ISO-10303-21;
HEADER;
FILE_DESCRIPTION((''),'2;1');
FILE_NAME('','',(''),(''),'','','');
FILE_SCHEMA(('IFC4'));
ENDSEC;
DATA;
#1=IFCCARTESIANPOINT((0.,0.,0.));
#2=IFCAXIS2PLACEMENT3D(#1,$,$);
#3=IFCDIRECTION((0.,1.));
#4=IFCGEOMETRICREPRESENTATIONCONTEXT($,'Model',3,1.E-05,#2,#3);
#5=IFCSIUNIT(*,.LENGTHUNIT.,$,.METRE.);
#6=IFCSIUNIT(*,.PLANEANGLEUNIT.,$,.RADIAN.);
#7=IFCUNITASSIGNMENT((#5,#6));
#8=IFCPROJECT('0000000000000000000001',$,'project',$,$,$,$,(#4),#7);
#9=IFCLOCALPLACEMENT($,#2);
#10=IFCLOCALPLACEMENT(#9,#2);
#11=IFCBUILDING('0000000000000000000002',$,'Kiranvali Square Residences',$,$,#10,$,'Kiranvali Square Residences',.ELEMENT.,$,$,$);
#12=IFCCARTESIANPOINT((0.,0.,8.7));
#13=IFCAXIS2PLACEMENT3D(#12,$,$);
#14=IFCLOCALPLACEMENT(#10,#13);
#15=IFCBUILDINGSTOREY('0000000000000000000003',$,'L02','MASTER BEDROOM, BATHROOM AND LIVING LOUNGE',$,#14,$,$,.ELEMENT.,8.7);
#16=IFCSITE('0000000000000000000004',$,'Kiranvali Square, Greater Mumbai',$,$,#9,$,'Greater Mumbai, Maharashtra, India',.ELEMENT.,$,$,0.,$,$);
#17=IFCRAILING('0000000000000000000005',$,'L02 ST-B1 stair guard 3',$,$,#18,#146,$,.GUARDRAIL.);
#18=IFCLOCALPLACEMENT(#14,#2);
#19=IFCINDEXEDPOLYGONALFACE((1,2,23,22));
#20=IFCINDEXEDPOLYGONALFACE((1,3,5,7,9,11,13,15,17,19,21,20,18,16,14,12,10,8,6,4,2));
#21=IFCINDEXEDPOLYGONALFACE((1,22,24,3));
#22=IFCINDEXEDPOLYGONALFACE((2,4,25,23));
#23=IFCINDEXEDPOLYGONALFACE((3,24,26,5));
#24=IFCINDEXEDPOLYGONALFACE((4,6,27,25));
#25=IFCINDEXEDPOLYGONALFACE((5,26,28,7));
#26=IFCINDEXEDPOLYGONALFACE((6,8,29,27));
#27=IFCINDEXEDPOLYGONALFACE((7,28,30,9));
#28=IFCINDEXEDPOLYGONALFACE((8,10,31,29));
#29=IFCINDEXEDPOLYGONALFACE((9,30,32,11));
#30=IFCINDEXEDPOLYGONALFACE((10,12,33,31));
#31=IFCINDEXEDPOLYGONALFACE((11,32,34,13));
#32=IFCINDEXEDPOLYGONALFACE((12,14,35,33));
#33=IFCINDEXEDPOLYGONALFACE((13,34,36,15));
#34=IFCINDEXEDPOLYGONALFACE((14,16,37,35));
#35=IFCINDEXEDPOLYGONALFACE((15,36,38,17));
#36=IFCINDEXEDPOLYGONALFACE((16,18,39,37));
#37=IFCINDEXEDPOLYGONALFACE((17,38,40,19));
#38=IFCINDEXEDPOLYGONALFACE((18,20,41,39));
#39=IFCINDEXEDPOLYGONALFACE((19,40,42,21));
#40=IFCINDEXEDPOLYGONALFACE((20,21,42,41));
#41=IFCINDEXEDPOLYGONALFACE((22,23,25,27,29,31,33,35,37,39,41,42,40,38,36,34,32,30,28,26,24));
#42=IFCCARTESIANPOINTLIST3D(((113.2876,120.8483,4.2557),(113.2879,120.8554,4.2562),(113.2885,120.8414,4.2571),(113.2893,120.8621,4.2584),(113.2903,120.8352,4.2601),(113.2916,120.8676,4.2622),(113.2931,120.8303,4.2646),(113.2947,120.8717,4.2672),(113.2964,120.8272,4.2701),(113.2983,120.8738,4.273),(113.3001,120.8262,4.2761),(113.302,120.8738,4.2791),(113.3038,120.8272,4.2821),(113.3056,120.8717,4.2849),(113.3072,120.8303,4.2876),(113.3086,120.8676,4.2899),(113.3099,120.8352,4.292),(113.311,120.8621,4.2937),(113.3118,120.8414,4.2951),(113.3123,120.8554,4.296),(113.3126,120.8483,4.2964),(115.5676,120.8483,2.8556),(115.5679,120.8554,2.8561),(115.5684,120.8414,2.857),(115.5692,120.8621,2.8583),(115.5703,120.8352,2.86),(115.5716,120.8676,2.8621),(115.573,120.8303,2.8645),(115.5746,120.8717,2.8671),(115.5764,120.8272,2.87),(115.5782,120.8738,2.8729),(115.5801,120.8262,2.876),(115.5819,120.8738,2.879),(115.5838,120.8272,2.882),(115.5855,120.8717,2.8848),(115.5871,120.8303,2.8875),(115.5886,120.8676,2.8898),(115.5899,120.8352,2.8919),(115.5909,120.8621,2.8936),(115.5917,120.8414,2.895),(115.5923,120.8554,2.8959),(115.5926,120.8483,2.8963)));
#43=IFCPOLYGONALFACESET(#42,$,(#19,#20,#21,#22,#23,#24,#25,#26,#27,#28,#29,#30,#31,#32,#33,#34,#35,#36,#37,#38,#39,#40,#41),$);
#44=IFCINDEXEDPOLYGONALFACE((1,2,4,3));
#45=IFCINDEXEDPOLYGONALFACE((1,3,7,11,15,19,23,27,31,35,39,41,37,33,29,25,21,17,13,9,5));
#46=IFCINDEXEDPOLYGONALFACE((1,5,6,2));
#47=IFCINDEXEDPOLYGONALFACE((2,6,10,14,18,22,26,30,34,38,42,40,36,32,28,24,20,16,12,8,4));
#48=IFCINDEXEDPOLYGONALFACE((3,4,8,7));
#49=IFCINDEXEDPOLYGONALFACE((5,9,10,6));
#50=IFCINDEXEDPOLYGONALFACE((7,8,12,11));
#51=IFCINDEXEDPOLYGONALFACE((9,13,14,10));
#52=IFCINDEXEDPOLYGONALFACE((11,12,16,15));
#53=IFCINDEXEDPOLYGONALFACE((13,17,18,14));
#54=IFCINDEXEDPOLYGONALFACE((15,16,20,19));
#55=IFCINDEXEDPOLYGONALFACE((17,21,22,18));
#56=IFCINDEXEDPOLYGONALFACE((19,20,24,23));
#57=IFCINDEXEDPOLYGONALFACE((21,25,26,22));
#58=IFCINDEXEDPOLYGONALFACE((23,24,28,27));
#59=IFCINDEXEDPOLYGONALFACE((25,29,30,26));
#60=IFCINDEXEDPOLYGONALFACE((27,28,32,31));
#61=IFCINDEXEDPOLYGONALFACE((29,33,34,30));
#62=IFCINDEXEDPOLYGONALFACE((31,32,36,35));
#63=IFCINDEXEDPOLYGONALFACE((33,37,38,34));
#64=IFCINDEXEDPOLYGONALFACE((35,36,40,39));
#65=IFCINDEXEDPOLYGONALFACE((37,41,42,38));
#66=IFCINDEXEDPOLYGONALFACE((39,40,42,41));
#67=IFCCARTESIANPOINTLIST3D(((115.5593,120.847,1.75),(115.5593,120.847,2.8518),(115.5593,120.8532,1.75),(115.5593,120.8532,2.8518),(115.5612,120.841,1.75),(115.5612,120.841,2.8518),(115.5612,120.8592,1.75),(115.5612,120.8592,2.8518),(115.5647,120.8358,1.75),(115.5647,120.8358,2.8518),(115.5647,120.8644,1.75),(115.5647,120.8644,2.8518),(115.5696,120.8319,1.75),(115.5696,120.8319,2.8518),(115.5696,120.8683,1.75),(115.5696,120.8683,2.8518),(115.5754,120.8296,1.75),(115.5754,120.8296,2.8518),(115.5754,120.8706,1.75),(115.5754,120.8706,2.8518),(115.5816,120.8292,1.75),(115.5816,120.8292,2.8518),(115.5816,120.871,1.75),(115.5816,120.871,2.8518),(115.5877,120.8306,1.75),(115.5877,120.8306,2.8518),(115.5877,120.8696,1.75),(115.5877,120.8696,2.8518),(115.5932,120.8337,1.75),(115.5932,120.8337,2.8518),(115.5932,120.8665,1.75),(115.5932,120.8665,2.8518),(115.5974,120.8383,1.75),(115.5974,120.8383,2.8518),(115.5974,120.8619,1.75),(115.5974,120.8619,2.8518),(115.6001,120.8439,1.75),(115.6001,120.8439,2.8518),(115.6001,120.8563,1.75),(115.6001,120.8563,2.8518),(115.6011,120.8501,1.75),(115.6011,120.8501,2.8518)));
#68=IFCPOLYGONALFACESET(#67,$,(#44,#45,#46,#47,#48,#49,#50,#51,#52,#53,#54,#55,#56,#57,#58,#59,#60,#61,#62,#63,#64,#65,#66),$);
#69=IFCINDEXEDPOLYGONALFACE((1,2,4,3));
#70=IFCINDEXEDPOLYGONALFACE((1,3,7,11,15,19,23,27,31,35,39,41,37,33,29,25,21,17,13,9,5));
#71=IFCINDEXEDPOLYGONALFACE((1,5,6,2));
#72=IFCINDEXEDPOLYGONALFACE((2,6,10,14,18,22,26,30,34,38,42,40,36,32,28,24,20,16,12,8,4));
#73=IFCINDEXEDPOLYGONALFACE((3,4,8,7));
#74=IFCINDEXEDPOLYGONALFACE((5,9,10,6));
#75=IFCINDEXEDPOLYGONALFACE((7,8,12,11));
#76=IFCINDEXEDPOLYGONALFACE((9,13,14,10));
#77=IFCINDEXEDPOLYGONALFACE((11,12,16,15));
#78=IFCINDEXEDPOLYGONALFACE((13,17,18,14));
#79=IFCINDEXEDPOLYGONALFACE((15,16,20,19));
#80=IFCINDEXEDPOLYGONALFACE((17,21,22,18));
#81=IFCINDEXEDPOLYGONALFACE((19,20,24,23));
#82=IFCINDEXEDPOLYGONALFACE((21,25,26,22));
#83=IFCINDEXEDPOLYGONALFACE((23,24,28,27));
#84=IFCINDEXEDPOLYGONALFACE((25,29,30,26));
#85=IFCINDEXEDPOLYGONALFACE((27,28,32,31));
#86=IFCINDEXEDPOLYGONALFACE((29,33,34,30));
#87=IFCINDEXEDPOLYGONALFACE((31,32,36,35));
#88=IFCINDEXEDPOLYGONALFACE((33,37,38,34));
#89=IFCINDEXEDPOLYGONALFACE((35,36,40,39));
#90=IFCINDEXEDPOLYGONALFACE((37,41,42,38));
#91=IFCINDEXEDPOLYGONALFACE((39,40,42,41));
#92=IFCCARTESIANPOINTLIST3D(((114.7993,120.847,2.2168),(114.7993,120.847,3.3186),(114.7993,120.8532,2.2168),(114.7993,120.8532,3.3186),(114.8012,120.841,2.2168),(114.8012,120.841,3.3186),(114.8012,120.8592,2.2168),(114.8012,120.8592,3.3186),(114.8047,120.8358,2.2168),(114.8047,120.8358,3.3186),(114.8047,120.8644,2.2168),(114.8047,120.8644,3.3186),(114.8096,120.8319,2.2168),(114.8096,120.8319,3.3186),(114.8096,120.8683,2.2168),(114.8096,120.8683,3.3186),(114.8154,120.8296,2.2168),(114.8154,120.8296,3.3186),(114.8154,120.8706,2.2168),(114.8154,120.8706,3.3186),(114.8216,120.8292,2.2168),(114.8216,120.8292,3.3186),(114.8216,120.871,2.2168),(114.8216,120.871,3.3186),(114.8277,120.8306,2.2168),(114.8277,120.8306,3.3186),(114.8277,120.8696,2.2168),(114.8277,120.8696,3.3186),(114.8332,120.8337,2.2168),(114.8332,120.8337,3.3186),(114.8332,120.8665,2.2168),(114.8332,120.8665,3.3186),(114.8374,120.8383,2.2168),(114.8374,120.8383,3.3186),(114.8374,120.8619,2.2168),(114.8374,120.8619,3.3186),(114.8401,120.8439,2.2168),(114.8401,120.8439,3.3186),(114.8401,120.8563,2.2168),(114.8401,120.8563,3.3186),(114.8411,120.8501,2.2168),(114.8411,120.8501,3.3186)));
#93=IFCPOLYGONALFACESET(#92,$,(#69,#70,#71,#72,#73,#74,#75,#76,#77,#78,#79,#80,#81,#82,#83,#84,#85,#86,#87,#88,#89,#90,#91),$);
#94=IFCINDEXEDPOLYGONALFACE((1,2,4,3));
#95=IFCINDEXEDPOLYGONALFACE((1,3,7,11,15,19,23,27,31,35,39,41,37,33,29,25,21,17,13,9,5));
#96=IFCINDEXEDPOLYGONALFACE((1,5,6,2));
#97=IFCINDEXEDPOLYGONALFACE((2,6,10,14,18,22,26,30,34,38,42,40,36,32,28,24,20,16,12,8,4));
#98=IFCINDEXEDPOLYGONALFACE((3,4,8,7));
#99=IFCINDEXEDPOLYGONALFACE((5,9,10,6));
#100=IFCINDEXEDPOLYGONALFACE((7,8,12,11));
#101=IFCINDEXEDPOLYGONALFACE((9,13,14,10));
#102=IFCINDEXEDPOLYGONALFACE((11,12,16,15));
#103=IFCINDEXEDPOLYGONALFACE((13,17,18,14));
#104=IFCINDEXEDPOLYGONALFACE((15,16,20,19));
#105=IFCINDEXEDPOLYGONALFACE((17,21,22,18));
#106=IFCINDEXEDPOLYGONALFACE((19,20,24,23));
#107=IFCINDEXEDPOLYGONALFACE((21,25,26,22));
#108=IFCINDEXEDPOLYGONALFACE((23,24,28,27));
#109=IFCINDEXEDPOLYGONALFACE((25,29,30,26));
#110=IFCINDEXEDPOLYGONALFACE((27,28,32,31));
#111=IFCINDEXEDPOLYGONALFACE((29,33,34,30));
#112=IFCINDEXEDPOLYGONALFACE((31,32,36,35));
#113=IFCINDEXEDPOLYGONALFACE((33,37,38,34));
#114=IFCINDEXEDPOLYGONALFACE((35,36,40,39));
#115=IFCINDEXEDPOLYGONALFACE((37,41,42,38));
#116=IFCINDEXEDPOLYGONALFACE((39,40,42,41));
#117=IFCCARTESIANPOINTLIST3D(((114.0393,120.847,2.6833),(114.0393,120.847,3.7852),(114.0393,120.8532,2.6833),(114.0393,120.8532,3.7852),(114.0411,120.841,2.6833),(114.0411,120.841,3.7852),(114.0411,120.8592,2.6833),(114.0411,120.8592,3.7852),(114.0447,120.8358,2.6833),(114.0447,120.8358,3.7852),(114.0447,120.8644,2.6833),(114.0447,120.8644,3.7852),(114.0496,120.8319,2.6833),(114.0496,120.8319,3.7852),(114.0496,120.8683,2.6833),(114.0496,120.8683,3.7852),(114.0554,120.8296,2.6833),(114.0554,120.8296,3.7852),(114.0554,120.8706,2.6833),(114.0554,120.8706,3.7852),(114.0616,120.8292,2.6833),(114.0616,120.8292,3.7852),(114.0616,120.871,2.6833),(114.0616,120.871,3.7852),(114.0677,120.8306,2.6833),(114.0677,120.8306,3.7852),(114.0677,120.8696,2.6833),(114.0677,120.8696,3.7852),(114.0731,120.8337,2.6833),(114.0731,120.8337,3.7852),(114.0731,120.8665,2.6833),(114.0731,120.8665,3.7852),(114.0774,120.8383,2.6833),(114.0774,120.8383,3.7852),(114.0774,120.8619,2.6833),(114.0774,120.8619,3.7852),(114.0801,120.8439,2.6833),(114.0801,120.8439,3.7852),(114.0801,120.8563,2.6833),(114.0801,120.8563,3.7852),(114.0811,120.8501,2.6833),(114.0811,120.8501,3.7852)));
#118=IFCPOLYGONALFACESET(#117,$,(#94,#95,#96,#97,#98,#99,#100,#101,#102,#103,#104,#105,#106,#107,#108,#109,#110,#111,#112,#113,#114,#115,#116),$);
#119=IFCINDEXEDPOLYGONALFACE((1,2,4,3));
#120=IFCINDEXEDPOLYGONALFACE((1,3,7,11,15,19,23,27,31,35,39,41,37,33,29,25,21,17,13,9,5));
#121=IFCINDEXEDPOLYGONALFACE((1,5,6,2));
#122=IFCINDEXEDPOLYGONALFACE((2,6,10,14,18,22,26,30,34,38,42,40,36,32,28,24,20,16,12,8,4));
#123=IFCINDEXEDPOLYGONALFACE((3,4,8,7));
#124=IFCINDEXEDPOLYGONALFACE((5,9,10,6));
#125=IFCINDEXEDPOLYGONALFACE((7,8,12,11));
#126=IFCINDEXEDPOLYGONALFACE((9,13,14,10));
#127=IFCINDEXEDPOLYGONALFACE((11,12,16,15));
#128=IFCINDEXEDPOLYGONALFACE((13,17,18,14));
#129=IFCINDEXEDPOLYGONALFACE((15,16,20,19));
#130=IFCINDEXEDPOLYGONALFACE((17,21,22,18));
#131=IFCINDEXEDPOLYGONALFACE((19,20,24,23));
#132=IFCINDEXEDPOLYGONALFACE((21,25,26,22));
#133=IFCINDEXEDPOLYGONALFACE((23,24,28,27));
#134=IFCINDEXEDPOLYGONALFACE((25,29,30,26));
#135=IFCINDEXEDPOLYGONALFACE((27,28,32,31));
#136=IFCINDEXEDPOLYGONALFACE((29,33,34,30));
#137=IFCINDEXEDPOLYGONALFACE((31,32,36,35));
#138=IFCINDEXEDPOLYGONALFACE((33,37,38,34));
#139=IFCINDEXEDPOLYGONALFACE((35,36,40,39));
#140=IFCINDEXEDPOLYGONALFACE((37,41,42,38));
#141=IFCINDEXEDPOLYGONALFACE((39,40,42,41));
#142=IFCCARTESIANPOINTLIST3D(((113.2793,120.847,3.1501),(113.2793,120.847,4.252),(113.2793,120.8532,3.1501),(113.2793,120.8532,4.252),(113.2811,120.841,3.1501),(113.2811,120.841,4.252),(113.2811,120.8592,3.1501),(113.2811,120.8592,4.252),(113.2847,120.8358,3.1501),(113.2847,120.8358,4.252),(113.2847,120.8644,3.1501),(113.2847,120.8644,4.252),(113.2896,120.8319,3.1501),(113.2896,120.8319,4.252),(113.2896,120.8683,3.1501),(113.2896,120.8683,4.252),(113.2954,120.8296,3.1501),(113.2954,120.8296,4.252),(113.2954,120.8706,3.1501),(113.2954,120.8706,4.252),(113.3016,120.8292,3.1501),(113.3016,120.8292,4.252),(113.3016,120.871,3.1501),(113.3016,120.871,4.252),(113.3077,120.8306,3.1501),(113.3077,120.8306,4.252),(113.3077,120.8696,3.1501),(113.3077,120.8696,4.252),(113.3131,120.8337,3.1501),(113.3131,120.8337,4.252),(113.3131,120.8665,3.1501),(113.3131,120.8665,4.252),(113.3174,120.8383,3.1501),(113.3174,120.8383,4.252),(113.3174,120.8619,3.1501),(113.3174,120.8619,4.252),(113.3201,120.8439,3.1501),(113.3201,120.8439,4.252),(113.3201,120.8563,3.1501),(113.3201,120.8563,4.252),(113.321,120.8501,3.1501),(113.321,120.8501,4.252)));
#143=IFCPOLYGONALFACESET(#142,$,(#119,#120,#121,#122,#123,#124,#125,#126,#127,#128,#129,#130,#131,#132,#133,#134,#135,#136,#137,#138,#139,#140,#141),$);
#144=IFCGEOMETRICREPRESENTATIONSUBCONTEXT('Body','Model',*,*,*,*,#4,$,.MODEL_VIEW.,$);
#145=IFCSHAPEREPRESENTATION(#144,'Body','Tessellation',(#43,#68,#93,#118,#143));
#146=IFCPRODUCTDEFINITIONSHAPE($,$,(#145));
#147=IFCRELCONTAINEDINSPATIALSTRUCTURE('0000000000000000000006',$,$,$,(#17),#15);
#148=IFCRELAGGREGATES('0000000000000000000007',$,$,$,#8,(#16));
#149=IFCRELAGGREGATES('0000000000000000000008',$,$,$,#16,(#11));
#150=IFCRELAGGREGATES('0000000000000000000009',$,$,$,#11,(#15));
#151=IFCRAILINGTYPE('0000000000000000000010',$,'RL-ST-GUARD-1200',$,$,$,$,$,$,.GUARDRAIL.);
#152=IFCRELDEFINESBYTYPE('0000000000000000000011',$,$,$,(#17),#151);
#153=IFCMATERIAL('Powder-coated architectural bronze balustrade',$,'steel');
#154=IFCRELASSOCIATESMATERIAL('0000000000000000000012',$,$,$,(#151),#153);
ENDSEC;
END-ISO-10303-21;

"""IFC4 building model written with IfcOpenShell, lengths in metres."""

from ifc_helpers import new_model, si_unit, direction, frame, origin, origin_2d, place, context, subcontext, project, spatial, circle, extrude, material, type_object, element, save


model = new_model("IFC4")

# Units and contexts
model_context = context("Model", 3, precision=1e-05, world=origin(), true_north=direction((0.0, 1.0)))
body_context = subcontext(model_context, "Body", "Model", "MODEL_VIEW")
ifc_project = project(units=[si_unit("LENGTHUNIT", "METRE"), si_unit("PLANEANGLEUNIT", "RADIAN")], contexts=[model_context])

# Site, building, storey
site_placement = place(None, origin())
site = spatial("IfcSite", under=ifc_project, at=site_placement, Name="Kiranvali Square, Greater Mumbai", LongName="Greater Mumbai, Maharashtra, India", CompositionType="ELEMENT", RefElevation=0.0)
building_placement = place(site_placement, origin())
building = spatial("IfcBuilding", under=site, at=building_placement, Name="Kiranvali Square Residences", LongName="Kiranvali Square Residences", CompositionType="ELEMENT")
storey_placement = place(building_placement, frame((0.0, 0.0, 8.7)))
storey = spatial("IfcBuildingStorey", under=building, at=storey_placement, Name="L02", Description="MASTER BEDROOM, BATHROOM AND LIVING LOUNGE", CompositionType="ELEMENT", Elevation=8.7)

# Railing
ifc_material_1 = material(Name="Powder-coated architectural bronze balustrade", Category="steel")
railing_type_1 = type_object("IfcRailingType", Name="RL-ST-GUARD-1200", PredefinedType="GUARDRAIL", material=ifc_material_1)
railing_1_placement = place(storey_placement, frame((115.5801, 120.8501, 1.75)))
element("IfcRailing", 1, at=railing_1_placement, inside=storey, type_object=railing_type_1, Name="L02 ST-B1 stair guard 3", PredefinedType="GUARDRAIL", context=body_context, shape_type="SweptSolid", body=[
    extrude(circle(Radius=0.0239, at=origin_2d()), frame((0.0, 0.0, 1.126), z_axis=(-0.85215, 0.0, 0.523298), x_axis=(0.0, -1.0, 0.0)), (0.0, 0.0, 1.0), 2.6755),
    extrude(circle(Radius=0.021, at=origin_2d()), origin(), (0.0, 0.0, 1.0), 1.1018),
    extrude(circle(Radius=0.021, at=origin_2d()), frame((-0.76, 0.0, 0.4668)), (0.0, 0.0, 1.0), 1.1018),
    extrude(circle(Radius=0.021, at=origin_2d()), frame((-1.52, 0.0, 0.9333)), (0.0, 0.0, 1.0), 1.1018),
    extrude(circle(Radius=0.021, at=origin_2d()), frame((-2.28, 0.0, 1.4001)), (0.0, 0.0, 1.0), 1.1018),
])

save(model, "model.ifc")
